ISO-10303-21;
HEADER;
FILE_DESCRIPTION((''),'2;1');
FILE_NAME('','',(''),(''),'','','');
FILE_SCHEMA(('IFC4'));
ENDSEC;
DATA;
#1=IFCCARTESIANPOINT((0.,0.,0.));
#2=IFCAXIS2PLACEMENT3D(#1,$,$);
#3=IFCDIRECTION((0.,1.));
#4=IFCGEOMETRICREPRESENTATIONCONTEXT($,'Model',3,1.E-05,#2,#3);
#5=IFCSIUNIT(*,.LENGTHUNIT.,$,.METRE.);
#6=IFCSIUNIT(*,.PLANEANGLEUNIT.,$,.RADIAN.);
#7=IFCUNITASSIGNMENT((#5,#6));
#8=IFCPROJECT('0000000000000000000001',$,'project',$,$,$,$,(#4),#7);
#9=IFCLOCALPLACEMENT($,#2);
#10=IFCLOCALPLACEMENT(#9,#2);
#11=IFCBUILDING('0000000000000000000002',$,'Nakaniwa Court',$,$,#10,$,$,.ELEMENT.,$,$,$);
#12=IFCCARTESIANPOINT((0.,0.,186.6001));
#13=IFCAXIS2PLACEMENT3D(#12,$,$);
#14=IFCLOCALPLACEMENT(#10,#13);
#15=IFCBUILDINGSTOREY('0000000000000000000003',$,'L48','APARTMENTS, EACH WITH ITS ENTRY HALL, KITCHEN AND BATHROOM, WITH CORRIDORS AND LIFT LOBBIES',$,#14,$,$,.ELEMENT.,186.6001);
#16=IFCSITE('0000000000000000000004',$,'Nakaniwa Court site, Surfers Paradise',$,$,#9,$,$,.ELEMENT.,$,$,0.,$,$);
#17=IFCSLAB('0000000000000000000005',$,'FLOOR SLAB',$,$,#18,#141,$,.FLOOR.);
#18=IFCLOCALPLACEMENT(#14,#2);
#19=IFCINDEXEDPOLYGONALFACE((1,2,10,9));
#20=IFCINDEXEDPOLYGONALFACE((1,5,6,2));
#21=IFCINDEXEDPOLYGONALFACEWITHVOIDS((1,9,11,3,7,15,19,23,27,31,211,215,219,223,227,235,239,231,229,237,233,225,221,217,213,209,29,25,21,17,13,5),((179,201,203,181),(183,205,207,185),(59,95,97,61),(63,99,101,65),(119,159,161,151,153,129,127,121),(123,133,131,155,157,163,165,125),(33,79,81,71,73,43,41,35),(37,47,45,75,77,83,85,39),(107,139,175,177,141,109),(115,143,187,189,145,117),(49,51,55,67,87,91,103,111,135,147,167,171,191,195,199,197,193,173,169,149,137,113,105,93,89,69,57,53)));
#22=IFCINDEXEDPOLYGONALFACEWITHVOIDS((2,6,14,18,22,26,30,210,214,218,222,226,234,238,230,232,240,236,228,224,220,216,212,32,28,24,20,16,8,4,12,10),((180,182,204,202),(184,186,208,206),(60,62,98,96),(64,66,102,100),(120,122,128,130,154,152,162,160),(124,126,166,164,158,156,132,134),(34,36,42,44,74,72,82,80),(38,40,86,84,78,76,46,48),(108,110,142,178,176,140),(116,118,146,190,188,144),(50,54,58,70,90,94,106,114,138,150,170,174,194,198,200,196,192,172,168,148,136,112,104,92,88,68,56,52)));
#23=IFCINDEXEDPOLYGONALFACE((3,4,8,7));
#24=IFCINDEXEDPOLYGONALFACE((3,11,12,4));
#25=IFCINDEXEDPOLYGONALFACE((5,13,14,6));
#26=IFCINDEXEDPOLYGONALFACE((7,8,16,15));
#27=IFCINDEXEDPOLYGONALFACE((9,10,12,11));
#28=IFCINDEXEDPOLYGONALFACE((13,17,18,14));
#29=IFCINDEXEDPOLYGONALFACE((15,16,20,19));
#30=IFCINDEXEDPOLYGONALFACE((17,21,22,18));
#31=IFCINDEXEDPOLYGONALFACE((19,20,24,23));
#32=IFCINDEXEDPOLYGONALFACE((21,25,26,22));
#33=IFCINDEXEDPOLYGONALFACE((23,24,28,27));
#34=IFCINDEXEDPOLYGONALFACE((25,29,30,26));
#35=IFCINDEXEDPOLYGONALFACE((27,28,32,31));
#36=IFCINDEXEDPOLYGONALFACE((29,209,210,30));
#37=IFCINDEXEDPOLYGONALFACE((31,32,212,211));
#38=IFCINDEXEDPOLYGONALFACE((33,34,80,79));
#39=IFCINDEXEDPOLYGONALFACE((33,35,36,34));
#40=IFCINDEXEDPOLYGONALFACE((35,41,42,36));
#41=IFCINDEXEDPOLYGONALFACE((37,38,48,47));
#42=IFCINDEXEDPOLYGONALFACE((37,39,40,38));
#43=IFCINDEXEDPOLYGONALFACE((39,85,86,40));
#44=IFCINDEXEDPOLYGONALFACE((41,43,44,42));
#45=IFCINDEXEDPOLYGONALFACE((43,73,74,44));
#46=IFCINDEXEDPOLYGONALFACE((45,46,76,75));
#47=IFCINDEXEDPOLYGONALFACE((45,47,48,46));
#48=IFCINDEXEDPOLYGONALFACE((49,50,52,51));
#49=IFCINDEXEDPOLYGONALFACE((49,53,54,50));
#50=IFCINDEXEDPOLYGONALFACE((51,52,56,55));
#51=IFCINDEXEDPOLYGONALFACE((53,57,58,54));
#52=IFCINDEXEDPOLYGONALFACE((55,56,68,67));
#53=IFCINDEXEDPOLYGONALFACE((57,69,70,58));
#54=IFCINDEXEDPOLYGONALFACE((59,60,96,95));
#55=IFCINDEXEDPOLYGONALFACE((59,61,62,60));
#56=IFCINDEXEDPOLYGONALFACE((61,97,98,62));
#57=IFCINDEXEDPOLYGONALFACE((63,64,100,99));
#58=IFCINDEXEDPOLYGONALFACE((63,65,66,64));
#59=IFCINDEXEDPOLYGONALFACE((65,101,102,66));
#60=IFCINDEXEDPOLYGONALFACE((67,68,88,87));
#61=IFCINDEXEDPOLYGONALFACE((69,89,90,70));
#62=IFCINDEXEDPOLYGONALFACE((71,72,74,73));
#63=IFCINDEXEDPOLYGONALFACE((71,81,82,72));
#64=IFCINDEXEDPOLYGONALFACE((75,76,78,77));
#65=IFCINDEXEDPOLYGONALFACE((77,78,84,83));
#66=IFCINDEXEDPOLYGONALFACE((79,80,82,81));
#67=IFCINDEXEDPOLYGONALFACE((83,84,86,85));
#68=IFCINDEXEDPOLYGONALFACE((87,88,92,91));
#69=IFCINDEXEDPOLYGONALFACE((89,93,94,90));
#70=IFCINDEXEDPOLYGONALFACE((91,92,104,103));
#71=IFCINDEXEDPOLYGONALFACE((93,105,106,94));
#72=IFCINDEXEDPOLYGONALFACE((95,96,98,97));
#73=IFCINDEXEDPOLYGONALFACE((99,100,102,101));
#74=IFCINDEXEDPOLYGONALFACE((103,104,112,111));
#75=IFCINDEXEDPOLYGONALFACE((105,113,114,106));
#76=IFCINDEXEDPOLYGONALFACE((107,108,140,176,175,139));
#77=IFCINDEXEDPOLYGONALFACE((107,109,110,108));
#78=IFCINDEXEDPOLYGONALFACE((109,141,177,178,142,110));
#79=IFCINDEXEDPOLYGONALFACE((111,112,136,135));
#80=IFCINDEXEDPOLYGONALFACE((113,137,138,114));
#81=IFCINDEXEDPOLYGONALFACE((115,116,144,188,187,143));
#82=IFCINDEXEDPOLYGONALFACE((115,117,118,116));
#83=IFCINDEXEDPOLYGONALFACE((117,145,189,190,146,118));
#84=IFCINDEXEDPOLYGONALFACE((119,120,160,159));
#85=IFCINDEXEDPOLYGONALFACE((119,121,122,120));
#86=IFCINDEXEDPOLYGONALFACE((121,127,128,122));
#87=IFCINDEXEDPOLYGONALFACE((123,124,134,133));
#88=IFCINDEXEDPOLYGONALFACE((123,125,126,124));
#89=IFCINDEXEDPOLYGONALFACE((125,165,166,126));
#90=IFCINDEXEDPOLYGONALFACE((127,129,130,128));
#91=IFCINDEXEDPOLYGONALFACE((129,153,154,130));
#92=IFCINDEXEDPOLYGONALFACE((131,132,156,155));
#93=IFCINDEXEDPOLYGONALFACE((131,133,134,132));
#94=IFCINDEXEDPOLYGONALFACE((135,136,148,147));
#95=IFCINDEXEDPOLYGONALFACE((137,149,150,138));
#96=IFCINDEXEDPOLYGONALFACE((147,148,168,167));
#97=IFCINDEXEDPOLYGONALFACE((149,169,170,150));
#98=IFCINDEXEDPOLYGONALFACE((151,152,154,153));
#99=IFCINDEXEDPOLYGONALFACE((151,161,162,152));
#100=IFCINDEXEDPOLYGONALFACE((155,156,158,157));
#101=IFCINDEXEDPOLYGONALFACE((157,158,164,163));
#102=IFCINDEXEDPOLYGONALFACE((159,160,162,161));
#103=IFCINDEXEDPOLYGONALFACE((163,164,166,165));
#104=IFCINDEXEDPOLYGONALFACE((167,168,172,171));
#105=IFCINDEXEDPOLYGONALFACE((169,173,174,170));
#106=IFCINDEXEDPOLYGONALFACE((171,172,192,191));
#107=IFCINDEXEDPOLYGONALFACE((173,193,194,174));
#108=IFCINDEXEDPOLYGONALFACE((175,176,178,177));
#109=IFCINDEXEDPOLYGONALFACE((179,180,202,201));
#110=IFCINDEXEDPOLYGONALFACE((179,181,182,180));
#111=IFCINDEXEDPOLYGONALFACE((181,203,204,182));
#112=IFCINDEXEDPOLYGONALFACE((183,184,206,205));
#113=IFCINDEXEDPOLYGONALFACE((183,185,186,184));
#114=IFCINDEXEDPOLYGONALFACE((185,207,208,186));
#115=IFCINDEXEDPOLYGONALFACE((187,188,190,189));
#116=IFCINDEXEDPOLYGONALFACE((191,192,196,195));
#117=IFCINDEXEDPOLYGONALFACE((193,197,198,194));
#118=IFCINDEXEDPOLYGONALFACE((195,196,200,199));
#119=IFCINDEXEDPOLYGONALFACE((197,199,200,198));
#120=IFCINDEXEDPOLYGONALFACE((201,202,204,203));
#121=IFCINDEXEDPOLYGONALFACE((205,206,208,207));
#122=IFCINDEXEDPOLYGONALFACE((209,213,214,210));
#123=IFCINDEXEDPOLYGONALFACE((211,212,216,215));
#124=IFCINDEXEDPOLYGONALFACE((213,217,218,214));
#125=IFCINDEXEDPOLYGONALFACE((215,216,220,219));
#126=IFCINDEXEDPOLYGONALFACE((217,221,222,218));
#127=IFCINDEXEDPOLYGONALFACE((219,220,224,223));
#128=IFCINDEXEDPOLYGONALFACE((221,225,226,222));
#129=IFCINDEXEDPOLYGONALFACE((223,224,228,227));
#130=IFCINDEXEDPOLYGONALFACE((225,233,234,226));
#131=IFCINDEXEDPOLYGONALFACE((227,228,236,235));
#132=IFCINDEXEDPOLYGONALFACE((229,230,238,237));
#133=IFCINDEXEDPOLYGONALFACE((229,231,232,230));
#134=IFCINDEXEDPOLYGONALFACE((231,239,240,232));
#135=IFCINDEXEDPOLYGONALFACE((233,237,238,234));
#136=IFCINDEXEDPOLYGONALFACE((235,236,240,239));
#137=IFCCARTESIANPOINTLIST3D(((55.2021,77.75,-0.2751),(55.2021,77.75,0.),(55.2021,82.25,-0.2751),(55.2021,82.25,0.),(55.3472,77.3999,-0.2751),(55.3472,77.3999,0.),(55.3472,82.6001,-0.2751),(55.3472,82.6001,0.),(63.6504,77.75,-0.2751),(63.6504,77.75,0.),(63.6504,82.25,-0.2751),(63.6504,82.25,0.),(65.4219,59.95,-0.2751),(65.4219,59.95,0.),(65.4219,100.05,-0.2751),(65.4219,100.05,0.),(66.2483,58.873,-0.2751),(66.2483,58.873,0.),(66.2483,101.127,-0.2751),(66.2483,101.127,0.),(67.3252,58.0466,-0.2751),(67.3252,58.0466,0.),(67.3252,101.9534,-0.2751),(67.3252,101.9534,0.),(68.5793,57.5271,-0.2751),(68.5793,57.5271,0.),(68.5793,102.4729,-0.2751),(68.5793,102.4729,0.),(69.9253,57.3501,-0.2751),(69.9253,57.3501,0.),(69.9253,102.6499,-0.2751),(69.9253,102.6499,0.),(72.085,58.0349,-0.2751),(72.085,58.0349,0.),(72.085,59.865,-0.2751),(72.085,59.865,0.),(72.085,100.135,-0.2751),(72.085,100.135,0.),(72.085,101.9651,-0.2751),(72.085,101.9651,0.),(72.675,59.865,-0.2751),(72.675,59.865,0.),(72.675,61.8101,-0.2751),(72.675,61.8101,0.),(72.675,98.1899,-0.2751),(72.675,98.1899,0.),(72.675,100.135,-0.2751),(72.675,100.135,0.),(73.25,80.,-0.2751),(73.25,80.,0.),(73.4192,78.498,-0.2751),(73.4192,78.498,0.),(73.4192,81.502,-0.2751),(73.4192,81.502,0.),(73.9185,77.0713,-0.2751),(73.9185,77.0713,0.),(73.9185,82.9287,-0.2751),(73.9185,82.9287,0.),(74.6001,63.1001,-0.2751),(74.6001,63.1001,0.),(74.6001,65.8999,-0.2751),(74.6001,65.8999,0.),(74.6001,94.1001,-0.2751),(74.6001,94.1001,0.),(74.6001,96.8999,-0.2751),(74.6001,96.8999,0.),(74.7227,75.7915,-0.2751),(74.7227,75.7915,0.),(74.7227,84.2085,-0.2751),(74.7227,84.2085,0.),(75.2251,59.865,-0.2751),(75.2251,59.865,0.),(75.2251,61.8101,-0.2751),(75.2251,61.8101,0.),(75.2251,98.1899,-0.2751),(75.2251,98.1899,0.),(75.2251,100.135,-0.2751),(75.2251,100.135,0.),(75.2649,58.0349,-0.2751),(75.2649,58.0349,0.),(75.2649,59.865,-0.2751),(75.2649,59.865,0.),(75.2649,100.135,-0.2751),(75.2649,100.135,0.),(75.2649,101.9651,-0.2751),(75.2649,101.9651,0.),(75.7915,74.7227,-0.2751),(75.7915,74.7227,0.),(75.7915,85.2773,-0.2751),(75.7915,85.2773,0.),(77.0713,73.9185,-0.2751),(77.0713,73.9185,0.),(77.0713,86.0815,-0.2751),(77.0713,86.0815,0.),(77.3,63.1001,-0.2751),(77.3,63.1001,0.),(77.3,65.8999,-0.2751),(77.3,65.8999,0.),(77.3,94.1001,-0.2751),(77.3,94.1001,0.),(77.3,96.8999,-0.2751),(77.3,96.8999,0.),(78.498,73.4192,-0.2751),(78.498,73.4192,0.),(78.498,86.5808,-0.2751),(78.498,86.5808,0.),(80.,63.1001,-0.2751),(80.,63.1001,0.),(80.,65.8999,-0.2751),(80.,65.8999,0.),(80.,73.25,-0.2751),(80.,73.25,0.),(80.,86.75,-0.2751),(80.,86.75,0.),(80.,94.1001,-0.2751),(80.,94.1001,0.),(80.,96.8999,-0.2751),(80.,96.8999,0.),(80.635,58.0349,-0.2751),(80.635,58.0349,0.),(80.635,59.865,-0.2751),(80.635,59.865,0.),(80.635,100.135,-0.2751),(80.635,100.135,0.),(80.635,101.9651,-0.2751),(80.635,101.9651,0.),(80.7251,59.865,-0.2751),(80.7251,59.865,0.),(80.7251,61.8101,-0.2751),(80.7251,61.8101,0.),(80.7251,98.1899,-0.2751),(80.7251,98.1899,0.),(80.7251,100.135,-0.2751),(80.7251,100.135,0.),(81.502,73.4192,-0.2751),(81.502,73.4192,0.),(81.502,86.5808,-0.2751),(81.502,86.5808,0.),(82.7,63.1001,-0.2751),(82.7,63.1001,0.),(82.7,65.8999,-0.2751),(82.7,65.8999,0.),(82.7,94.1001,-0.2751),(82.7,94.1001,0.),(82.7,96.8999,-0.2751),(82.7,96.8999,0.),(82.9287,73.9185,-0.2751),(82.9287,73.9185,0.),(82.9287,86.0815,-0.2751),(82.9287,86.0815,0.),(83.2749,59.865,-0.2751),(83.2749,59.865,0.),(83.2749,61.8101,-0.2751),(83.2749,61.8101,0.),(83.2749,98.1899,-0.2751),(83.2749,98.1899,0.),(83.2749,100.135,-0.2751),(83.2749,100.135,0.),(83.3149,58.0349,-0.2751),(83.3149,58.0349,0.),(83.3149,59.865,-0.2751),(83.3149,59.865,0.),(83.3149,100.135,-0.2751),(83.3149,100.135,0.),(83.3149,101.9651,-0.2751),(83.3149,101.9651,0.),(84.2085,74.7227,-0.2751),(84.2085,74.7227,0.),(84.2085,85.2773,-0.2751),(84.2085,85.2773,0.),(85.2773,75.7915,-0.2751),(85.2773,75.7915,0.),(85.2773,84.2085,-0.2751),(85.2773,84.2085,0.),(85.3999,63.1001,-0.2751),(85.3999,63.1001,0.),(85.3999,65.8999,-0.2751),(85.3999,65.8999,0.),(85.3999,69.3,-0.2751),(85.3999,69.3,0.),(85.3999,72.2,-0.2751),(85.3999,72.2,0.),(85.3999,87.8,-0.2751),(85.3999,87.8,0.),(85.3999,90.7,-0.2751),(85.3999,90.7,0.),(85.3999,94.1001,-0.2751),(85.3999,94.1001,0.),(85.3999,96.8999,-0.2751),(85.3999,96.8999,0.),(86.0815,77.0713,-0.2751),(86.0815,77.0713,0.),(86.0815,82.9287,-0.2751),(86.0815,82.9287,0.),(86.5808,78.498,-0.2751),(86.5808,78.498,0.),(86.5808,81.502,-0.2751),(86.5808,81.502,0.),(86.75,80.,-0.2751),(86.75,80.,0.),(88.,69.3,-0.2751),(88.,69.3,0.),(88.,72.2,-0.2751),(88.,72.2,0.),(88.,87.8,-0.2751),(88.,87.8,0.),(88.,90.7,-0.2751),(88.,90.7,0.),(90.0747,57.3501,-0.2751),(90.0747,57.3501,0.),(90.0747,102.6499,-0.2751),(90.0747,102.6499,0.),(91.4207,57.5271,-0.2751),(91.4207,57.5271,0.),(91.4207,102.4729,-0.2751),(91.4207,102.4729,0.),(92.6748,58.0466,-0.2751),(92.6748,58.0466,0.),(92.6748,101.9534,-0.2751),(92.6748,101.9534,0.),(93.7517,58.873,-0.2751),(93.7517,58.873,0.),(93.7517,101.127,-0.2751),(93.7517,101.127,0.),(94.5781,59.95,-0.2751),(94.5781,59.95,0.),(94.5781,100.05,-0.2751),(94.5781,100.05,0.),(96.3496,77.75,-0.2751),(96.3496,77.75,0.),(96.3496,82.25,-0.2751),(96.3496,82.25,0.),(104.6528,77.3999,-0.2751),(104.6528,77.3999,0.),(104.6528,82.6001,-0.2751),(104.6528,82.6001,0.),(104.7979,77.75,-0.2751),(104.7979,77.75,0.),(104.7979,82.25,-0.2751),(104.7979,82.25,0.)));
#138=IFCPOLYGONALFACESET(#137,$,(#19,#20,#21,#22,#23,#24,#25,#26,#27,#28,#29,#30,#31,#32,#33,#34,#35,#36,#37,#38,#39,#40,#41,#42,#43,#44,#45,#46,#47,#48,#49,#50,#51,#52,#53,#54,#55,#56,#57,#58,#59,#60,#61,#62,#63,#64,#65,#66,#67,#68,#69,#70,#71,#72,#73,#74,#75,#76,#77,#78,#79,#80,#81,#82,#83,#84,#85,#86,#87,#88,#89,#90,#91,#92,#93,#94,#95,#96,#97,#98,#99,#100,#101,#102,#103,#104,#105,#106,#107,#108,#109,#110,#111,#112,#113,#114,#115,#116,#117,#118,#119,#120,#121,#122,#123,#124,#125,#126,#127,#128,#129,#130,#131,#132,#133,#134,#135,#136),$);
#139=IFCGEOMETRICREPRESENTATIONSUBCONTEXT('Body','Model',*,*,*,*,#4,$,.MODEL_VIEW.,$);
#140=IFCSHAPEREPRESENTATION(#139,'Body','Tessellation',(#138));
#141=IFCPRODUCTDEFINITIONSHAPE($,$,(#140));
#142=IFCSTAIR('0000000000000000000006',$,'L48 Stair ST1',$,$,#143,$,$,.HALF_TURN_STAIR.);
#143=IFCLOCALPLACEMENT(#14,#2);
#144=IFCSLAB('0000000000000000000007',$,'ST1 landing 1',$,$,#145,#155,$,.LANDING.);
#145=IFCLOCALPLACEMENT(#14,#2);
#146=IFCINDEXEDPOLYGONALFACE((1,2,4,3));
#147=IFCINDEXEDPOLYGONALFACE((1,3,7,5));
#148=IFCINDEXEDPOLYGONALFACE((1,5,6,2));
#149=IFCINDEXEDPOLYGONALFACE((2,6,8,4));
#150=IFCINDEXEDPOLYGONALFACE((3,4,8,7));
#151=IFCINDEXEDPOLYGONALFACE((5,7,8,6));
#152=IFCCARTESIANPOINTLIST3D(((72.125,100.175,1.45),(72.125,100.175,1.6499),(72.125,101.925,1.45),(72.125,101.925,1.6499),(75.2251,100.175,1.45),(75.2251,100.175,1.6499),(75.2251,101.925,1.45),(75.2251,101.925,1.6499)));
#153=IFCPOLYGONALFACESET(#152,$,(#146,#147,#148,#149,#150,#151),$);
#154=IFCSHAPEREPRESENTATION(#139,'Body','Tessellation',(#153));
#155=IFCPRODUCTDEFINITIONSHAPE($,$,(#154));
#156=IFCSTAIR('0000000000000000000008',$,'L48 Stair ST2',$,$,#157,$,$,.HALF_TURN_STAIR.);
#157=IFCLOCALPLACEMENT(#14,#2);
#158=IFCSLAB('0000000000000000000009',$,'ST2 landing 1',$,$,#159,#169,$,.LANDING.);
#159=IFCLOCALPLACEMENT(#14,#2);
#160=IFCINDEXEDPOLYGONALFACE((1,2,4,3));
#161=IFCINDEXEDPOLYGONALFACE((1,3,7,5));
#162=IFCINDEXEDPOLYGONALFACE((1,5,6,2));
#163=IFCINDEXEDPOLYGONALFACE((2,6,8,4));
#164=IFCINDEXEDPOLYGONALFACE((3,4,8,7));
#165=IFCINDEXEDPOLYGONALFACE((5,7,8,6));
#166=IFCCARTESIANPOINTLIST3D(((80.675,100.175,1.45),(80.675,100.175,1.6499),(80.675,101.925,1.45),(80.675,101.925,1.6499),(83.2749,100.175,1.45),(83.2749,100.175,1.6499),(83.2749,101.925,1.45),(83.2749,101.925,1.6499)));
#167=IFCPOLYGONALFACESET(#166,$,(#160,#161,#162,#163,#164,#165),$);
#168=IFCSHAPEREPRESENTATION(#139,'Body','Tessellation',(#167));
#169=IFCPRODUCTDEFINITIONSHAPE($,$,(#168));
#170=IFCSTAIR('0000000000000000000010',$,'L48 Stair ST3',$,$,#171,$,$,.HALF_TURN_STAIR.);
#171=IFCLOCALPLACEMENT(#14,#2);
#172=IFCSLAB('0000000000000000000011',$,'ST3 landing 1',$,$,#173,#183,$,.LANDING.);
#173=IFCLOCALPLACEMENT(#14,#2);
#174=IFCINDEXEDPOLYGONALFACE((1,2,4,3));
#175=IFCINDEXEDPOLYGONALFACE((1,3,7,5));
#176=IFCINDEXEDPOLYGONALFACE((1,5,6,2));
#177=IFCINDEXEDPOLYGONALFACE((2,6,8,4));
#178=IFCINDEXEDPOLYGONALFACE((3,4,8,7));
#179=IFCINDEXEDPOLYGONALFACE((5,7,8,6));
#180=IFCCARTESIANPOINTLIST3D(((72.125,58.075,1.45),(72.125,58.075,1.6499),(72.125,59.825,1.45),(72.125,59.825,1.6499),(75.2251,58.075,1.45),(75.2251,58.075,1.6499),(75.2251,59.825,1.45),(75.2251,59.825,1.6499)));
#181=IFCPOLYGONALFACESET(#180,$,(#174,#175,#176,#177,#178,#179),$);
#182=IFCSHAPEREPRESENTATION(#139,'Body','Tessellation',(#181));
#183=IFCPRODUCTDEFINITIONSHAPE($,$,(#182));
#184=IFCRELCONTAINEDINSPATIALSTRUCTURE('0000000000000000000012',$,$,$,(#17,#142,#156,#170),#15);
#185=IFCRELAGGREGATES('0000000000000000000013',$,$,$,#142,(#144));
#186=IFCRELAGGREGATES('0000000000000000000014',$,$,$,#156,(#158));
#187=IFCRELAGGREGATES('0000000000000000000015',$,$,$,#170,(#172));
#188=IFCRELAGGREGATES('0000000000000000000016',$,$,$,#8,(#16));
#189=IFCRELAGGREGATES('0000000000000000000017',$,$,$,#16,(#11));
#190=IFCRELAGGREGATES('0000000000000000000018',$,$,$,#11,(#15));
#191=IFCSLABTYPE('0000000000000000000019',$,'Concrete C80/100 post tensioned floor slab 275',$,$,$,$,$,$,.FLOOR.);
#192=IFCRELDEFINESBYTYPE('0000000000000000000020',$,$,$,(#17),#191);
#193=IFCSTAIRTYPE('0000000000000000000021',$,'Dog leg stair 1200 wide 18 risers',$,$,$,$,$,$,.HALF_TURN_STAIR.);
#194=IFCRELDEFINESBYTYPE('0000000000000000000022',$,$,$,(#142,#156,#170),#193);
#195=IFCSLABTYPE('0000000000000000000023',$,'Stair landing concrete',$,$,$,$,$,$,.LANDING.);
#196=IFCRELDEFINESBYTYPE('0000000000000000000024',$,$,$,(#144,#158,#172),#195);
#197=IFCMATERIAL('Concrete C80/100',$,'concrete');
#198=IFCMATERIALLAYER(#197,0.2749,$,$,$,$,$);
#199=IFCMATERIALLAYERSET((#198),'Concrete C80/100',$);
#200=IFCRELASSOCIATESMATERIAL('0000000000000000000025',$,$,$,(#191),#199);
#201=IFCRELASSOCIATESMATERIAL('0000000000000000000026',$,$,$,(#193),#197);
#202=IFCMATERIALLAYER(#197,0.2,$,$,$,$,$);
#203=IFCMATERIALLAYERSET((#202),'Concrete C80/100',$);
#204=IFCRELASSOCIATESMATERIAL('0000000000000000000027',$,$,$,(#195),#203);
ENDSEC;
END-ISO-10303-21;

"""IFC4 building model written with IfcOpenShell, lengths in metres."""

from ifc_helpers import new_model, si_unit, direction, frame, origin, place, context, subcontext, project, spatial, polyline, outline, extrude, material, layer, layer_set, type_object, element, aggregate, save


model = new_model("IFC4")

# Units and contexts
model_context = context("Model", 3, precision=1e-05, world=origin(), true_north=direction((0.0, 1.0)))
body_context = subcontext(model_context, "Body", "Model", "MODEL_VIEW")
ifc_project = project(units=[si_unit("LENGTHUNIT", "METRE"), si_unit("PLANEANGLEUNIT", "RADIAN")], contexts=[model_context])

# Site, building, storey
site_placement = place(None, origin())
site = spatial("IfcSite", under=ifc_project, at=site_placement, Name="Nakaniwa Court site, Surfers Paradise", CompositionType="ELEMENT", RefElevation=0.0)
building_placement = place(site_placement, origin())
building = spatial("IfcBuilding", under=site, at=building_placement, Name="Nakaniwa Court", CompositionType="ELEMENT")
storey_placement = place(building_placement, frame((0.0, 0.0, 186.6001)))
storey = spatial("IfcBuildingStorey", under=building, at=storey_placement, Name="L48", Description="APARTMENTS, EACH WITH ITS ENTRY HALL, KITCHEN AND BATHROOM, WITH CORRIDORS AND LIFT LOBBIES", CompositionType="ELEMENT", Elevation=186.6001)

# Shared definitions
ifc_material_1 = material(Name="Concrete C80/100", Category="concrete")

# Slab
ifc_layer_1 = layer(ifc_material_1, 0.2749)
ifc_layer_set_1 = layer_set([ifc_layer_1], Name="Concrete C80/100")
slab_type_1 = type_object("IfcSlabType", Name="Concrete C80/100 post tensioned floor slab 275", PredefinedType="FLOOR", material=ifc_layer_set_1)
slab_1_placement = place(storey_placement, frame((0.0, 0.0, -0.2751)))
element("IfcSlab", 1, at=slab_1_placement, inside=storey, type_object=slab_type_1, Name="FLOOR SLAB", PredefinedType="FLOOR", context=body_context, shape_type="SweptSolid", body=[
    extrude(outline(polyline([(96.3496, 82.25), (104.7979, 82.25), (104.6528, 82.6001), (94.5781, 100.05), (93.7517, 101.127), (92.6748, 101.9534), (91.4207, 102.4729), (90.0747, 102.6499), (69.9253, 102.6499), (68.5793, 102.4729), (67.3252, 101.9534), (66.2483, 101.127), (65.4219, 100.05), (55.3472, 82.6001), (55.2021, 82.25), (63.6504, 82.25), (63.6504, 77.75), (55.2021, 77.75), (55.3472, 77.3999), (65.4219, 59.95), (66.2483, 58.873), (67.3252, 58.0466), (68.5793, 57.5271), (69.9253, 57.3501), (90.0747, 57.3501), (91.4207, 57.5271), (92.6748, 58.0466), (93.7517, 58.873), (94.5781, 59.95), (104.6528, 77.3999), (104.7979, 77.75), (96.3496, 77.75), (96.3496, 82.25)]), holes=[polyline([(81.502, 86.5808), (80.0, 86.75), (78.498, 86.5808), (77.0713, 86.0815), (75.7915, 85.2773), (74.7227, 84.2085), (73.9185, 82.9287), (73.4192, 81.502), (73.25, 80.0), (73.4192, 78.498), (73.9185, 77.0713), (74.7227, 75.7915), (75.7915, 74.7227), (77.0713, 73.9185), (78.498, 73.4192), (80.0, 73.25), (81.502, 73.4192), (82.9287, 73.9185), (84.2085, 74.7227), (85.2773, 75.7915), (86.0815, 77.0713), (86.5808, 78.498), (86.75, 80.0), (86.5808, 81.502), (86.0815, 82.9287), (85.2773, 84.2085), (84.2085, 85.2773), (82.9287, 86.0815), (81.502, 86.5808)]), polyline([(72.675, 61.8101), (72.675, 59.865), (72.085, 59.865), (72.085, 58.0349), (75.2649, 58.0349), (75.2649, 59.865), (75.2251, 59.865), (75.2251, 61.8101), (72.675, 61.8101)]), polyline([(77.3, 65.8999), (74.6001, 65.8999), (74.6001, 63.1001), (77.3, 63.1001), (77.3, 65.8999)]), polyline([(80.0, 65.8999), (80.0, 63.1001), (82.7, 63.1001), (85.3999, 63.1001), (85.3999, 65.8999), (82.7, 65.8999), (80.0, 65.8999)]), polyline([(77.3, 96.8999), (74.6001, 96.8999), (74.6001, 94.1001), (77.3, 94.1001), (77.3, 96.8999)]), polyline([(80.0, 96.8999), (80.0, 94.1001), (82.7, 94.1001), (85.3999, 94.1001), (85.3999, 96.8999), (82.7, 96.8999), (80.0, 96.8999)]), polyline([(75.2649, 100.135), (75.2649, 101.9651), (72.085, 101.9651), (72.085, 100.135), (72.675, 100.135), (72.675, 98.1899), (75.2251, 98.1899), (75.2251, 100.135), (75.2649, 100.135)]), polyline([(83.2749, 61.8101), (80.7251, 61.8101), (80.7251, 59.865), (80.635, 59.865), (80.635, 58.0349), (83.3149, 58.0349), (83.3149, 59.865), (83.2749, 59.865), (83.2749, 61.8101)]), polyline([(88.0, 72.2), (85.3999, 72.2), (85.3999, 69.3), (88.0, 69.3), (88.0, 72.2)]), polyline([(88.0, 90.7), (85.3999, 90.7), (85.3999, 87.8), (88.0, 87.8), (88.0, 90.7)]), polyline([(83.3149, 100.135), (83.3149, 101.9651), (80.635, 101.9651), (80.635, 100.135), (80.7251, 100.135), (80.7251, 98.1899), (83.2749, 98.1899), (83.2749, 100.135), (83.3149, 100.135)])]), origin(), (0.0, 0.0, 1.0), 0.2751),
])

# Stairs, slabs
stair_type = type_object("IfcStairType", Name="Dog leg stair 1200 wide 18 risers", PredefinedType="HALF_TURN_STAIR", material=ifc_material_1)
stair_1_placement = place(storey_placement, origin())
stair_1 = element("IfcStair", 2, at=stair_1_placement, inside=storey, type_object=stair_type, Name="L48 Stair ST1", PredefinedType="HALF_TURN_STAIR")
ifc_layer_2 = layer(ifc_material_1, 0.2)
ifc_layer_set_2 = layer_set([ifc_layer_2], Name="Concrete C80/100")
slab_type_2 = type_object("IfcSlabType", Name="Stair landing concrete", PredefinedType="LANDING", material=ifc_layer_set_2)
slab_2_placement = place(storey_placement, frame((0.0, 0.0, 1.45)))
slab_2 = element("IfcSlab", 3, at=slab_2_placement, type_object=slab_type_2, Name="ST1 landing 1", PredefinedType="LANDING", context=body_context, shape_type="SweptSolid", body=[
    extrude(outline(polyline([(75.2251, 100.175), (75.2251, 101.925), (72.125, 101.925), (72.125, 100.175), (75.2251, 100.175)])), origin(), (0.0, 0.0, 1.0), 0.2),
])
aggregate(stair_1, [slab_2])
stair_2_placement = place(storey_placement, origin())
stair_2 = element("IfcStair", 4, at=stair_2_placement, inside=storey, type_object=stair_type, Name="L48 Stair ST2", PredefinedType="HALF_TURN_STAIR")
slab_3_placement = place(storey_placement, frame((0.0, 0.0, 1.45)))
slab_3 = element("IfcSlab", 5, at=slab_3_placement, type_object=slab_type_2, Name="ST2 landing 1", PredefinedType="LANDING", context=body_context, shape_type="SweptSolid", body=[
    extrude(outline(polyline([(83.2749, 100.175), (83.2749, 101.925), (80.675, 101.925), (80.675, 100.175), (83.2749, 100.175)])), origin(), (0.0, 0.0, 1.0), 0.2),
])
aggregate(stair_2, [slab_3])
stair_3_placement = place(storey_placement, origin())
stair_3 = element("IfcStair", 6, at=stair_3_placement, inside=storey, type_object=stair_type, Name="L48 Stair ST3", PredefinedType="HALF_TURN_STAIR")
slab_4_placement = place(storey_placement, frame((0.0, 0.0, 1.45)))
slab_4 = element("IfcSlab", 7, at=slab_4_placement, type_object=slab_type_2, Name="ST3 landing 1", PredefinedType="LANDING", context=body_context, shape_type="SweptSolid", body=[
    extrude(outline(polyline([(75.2251, 58.075), (75.2251, 59.825), (72.125, 59.825), (72.125, 58.075), (75.2251, 58.075)])), origin(), (0.0, 0.0, 1.0), 0.2),
])
aggregate(stair_3, [slab_4])

save(model, "model.ifc")
